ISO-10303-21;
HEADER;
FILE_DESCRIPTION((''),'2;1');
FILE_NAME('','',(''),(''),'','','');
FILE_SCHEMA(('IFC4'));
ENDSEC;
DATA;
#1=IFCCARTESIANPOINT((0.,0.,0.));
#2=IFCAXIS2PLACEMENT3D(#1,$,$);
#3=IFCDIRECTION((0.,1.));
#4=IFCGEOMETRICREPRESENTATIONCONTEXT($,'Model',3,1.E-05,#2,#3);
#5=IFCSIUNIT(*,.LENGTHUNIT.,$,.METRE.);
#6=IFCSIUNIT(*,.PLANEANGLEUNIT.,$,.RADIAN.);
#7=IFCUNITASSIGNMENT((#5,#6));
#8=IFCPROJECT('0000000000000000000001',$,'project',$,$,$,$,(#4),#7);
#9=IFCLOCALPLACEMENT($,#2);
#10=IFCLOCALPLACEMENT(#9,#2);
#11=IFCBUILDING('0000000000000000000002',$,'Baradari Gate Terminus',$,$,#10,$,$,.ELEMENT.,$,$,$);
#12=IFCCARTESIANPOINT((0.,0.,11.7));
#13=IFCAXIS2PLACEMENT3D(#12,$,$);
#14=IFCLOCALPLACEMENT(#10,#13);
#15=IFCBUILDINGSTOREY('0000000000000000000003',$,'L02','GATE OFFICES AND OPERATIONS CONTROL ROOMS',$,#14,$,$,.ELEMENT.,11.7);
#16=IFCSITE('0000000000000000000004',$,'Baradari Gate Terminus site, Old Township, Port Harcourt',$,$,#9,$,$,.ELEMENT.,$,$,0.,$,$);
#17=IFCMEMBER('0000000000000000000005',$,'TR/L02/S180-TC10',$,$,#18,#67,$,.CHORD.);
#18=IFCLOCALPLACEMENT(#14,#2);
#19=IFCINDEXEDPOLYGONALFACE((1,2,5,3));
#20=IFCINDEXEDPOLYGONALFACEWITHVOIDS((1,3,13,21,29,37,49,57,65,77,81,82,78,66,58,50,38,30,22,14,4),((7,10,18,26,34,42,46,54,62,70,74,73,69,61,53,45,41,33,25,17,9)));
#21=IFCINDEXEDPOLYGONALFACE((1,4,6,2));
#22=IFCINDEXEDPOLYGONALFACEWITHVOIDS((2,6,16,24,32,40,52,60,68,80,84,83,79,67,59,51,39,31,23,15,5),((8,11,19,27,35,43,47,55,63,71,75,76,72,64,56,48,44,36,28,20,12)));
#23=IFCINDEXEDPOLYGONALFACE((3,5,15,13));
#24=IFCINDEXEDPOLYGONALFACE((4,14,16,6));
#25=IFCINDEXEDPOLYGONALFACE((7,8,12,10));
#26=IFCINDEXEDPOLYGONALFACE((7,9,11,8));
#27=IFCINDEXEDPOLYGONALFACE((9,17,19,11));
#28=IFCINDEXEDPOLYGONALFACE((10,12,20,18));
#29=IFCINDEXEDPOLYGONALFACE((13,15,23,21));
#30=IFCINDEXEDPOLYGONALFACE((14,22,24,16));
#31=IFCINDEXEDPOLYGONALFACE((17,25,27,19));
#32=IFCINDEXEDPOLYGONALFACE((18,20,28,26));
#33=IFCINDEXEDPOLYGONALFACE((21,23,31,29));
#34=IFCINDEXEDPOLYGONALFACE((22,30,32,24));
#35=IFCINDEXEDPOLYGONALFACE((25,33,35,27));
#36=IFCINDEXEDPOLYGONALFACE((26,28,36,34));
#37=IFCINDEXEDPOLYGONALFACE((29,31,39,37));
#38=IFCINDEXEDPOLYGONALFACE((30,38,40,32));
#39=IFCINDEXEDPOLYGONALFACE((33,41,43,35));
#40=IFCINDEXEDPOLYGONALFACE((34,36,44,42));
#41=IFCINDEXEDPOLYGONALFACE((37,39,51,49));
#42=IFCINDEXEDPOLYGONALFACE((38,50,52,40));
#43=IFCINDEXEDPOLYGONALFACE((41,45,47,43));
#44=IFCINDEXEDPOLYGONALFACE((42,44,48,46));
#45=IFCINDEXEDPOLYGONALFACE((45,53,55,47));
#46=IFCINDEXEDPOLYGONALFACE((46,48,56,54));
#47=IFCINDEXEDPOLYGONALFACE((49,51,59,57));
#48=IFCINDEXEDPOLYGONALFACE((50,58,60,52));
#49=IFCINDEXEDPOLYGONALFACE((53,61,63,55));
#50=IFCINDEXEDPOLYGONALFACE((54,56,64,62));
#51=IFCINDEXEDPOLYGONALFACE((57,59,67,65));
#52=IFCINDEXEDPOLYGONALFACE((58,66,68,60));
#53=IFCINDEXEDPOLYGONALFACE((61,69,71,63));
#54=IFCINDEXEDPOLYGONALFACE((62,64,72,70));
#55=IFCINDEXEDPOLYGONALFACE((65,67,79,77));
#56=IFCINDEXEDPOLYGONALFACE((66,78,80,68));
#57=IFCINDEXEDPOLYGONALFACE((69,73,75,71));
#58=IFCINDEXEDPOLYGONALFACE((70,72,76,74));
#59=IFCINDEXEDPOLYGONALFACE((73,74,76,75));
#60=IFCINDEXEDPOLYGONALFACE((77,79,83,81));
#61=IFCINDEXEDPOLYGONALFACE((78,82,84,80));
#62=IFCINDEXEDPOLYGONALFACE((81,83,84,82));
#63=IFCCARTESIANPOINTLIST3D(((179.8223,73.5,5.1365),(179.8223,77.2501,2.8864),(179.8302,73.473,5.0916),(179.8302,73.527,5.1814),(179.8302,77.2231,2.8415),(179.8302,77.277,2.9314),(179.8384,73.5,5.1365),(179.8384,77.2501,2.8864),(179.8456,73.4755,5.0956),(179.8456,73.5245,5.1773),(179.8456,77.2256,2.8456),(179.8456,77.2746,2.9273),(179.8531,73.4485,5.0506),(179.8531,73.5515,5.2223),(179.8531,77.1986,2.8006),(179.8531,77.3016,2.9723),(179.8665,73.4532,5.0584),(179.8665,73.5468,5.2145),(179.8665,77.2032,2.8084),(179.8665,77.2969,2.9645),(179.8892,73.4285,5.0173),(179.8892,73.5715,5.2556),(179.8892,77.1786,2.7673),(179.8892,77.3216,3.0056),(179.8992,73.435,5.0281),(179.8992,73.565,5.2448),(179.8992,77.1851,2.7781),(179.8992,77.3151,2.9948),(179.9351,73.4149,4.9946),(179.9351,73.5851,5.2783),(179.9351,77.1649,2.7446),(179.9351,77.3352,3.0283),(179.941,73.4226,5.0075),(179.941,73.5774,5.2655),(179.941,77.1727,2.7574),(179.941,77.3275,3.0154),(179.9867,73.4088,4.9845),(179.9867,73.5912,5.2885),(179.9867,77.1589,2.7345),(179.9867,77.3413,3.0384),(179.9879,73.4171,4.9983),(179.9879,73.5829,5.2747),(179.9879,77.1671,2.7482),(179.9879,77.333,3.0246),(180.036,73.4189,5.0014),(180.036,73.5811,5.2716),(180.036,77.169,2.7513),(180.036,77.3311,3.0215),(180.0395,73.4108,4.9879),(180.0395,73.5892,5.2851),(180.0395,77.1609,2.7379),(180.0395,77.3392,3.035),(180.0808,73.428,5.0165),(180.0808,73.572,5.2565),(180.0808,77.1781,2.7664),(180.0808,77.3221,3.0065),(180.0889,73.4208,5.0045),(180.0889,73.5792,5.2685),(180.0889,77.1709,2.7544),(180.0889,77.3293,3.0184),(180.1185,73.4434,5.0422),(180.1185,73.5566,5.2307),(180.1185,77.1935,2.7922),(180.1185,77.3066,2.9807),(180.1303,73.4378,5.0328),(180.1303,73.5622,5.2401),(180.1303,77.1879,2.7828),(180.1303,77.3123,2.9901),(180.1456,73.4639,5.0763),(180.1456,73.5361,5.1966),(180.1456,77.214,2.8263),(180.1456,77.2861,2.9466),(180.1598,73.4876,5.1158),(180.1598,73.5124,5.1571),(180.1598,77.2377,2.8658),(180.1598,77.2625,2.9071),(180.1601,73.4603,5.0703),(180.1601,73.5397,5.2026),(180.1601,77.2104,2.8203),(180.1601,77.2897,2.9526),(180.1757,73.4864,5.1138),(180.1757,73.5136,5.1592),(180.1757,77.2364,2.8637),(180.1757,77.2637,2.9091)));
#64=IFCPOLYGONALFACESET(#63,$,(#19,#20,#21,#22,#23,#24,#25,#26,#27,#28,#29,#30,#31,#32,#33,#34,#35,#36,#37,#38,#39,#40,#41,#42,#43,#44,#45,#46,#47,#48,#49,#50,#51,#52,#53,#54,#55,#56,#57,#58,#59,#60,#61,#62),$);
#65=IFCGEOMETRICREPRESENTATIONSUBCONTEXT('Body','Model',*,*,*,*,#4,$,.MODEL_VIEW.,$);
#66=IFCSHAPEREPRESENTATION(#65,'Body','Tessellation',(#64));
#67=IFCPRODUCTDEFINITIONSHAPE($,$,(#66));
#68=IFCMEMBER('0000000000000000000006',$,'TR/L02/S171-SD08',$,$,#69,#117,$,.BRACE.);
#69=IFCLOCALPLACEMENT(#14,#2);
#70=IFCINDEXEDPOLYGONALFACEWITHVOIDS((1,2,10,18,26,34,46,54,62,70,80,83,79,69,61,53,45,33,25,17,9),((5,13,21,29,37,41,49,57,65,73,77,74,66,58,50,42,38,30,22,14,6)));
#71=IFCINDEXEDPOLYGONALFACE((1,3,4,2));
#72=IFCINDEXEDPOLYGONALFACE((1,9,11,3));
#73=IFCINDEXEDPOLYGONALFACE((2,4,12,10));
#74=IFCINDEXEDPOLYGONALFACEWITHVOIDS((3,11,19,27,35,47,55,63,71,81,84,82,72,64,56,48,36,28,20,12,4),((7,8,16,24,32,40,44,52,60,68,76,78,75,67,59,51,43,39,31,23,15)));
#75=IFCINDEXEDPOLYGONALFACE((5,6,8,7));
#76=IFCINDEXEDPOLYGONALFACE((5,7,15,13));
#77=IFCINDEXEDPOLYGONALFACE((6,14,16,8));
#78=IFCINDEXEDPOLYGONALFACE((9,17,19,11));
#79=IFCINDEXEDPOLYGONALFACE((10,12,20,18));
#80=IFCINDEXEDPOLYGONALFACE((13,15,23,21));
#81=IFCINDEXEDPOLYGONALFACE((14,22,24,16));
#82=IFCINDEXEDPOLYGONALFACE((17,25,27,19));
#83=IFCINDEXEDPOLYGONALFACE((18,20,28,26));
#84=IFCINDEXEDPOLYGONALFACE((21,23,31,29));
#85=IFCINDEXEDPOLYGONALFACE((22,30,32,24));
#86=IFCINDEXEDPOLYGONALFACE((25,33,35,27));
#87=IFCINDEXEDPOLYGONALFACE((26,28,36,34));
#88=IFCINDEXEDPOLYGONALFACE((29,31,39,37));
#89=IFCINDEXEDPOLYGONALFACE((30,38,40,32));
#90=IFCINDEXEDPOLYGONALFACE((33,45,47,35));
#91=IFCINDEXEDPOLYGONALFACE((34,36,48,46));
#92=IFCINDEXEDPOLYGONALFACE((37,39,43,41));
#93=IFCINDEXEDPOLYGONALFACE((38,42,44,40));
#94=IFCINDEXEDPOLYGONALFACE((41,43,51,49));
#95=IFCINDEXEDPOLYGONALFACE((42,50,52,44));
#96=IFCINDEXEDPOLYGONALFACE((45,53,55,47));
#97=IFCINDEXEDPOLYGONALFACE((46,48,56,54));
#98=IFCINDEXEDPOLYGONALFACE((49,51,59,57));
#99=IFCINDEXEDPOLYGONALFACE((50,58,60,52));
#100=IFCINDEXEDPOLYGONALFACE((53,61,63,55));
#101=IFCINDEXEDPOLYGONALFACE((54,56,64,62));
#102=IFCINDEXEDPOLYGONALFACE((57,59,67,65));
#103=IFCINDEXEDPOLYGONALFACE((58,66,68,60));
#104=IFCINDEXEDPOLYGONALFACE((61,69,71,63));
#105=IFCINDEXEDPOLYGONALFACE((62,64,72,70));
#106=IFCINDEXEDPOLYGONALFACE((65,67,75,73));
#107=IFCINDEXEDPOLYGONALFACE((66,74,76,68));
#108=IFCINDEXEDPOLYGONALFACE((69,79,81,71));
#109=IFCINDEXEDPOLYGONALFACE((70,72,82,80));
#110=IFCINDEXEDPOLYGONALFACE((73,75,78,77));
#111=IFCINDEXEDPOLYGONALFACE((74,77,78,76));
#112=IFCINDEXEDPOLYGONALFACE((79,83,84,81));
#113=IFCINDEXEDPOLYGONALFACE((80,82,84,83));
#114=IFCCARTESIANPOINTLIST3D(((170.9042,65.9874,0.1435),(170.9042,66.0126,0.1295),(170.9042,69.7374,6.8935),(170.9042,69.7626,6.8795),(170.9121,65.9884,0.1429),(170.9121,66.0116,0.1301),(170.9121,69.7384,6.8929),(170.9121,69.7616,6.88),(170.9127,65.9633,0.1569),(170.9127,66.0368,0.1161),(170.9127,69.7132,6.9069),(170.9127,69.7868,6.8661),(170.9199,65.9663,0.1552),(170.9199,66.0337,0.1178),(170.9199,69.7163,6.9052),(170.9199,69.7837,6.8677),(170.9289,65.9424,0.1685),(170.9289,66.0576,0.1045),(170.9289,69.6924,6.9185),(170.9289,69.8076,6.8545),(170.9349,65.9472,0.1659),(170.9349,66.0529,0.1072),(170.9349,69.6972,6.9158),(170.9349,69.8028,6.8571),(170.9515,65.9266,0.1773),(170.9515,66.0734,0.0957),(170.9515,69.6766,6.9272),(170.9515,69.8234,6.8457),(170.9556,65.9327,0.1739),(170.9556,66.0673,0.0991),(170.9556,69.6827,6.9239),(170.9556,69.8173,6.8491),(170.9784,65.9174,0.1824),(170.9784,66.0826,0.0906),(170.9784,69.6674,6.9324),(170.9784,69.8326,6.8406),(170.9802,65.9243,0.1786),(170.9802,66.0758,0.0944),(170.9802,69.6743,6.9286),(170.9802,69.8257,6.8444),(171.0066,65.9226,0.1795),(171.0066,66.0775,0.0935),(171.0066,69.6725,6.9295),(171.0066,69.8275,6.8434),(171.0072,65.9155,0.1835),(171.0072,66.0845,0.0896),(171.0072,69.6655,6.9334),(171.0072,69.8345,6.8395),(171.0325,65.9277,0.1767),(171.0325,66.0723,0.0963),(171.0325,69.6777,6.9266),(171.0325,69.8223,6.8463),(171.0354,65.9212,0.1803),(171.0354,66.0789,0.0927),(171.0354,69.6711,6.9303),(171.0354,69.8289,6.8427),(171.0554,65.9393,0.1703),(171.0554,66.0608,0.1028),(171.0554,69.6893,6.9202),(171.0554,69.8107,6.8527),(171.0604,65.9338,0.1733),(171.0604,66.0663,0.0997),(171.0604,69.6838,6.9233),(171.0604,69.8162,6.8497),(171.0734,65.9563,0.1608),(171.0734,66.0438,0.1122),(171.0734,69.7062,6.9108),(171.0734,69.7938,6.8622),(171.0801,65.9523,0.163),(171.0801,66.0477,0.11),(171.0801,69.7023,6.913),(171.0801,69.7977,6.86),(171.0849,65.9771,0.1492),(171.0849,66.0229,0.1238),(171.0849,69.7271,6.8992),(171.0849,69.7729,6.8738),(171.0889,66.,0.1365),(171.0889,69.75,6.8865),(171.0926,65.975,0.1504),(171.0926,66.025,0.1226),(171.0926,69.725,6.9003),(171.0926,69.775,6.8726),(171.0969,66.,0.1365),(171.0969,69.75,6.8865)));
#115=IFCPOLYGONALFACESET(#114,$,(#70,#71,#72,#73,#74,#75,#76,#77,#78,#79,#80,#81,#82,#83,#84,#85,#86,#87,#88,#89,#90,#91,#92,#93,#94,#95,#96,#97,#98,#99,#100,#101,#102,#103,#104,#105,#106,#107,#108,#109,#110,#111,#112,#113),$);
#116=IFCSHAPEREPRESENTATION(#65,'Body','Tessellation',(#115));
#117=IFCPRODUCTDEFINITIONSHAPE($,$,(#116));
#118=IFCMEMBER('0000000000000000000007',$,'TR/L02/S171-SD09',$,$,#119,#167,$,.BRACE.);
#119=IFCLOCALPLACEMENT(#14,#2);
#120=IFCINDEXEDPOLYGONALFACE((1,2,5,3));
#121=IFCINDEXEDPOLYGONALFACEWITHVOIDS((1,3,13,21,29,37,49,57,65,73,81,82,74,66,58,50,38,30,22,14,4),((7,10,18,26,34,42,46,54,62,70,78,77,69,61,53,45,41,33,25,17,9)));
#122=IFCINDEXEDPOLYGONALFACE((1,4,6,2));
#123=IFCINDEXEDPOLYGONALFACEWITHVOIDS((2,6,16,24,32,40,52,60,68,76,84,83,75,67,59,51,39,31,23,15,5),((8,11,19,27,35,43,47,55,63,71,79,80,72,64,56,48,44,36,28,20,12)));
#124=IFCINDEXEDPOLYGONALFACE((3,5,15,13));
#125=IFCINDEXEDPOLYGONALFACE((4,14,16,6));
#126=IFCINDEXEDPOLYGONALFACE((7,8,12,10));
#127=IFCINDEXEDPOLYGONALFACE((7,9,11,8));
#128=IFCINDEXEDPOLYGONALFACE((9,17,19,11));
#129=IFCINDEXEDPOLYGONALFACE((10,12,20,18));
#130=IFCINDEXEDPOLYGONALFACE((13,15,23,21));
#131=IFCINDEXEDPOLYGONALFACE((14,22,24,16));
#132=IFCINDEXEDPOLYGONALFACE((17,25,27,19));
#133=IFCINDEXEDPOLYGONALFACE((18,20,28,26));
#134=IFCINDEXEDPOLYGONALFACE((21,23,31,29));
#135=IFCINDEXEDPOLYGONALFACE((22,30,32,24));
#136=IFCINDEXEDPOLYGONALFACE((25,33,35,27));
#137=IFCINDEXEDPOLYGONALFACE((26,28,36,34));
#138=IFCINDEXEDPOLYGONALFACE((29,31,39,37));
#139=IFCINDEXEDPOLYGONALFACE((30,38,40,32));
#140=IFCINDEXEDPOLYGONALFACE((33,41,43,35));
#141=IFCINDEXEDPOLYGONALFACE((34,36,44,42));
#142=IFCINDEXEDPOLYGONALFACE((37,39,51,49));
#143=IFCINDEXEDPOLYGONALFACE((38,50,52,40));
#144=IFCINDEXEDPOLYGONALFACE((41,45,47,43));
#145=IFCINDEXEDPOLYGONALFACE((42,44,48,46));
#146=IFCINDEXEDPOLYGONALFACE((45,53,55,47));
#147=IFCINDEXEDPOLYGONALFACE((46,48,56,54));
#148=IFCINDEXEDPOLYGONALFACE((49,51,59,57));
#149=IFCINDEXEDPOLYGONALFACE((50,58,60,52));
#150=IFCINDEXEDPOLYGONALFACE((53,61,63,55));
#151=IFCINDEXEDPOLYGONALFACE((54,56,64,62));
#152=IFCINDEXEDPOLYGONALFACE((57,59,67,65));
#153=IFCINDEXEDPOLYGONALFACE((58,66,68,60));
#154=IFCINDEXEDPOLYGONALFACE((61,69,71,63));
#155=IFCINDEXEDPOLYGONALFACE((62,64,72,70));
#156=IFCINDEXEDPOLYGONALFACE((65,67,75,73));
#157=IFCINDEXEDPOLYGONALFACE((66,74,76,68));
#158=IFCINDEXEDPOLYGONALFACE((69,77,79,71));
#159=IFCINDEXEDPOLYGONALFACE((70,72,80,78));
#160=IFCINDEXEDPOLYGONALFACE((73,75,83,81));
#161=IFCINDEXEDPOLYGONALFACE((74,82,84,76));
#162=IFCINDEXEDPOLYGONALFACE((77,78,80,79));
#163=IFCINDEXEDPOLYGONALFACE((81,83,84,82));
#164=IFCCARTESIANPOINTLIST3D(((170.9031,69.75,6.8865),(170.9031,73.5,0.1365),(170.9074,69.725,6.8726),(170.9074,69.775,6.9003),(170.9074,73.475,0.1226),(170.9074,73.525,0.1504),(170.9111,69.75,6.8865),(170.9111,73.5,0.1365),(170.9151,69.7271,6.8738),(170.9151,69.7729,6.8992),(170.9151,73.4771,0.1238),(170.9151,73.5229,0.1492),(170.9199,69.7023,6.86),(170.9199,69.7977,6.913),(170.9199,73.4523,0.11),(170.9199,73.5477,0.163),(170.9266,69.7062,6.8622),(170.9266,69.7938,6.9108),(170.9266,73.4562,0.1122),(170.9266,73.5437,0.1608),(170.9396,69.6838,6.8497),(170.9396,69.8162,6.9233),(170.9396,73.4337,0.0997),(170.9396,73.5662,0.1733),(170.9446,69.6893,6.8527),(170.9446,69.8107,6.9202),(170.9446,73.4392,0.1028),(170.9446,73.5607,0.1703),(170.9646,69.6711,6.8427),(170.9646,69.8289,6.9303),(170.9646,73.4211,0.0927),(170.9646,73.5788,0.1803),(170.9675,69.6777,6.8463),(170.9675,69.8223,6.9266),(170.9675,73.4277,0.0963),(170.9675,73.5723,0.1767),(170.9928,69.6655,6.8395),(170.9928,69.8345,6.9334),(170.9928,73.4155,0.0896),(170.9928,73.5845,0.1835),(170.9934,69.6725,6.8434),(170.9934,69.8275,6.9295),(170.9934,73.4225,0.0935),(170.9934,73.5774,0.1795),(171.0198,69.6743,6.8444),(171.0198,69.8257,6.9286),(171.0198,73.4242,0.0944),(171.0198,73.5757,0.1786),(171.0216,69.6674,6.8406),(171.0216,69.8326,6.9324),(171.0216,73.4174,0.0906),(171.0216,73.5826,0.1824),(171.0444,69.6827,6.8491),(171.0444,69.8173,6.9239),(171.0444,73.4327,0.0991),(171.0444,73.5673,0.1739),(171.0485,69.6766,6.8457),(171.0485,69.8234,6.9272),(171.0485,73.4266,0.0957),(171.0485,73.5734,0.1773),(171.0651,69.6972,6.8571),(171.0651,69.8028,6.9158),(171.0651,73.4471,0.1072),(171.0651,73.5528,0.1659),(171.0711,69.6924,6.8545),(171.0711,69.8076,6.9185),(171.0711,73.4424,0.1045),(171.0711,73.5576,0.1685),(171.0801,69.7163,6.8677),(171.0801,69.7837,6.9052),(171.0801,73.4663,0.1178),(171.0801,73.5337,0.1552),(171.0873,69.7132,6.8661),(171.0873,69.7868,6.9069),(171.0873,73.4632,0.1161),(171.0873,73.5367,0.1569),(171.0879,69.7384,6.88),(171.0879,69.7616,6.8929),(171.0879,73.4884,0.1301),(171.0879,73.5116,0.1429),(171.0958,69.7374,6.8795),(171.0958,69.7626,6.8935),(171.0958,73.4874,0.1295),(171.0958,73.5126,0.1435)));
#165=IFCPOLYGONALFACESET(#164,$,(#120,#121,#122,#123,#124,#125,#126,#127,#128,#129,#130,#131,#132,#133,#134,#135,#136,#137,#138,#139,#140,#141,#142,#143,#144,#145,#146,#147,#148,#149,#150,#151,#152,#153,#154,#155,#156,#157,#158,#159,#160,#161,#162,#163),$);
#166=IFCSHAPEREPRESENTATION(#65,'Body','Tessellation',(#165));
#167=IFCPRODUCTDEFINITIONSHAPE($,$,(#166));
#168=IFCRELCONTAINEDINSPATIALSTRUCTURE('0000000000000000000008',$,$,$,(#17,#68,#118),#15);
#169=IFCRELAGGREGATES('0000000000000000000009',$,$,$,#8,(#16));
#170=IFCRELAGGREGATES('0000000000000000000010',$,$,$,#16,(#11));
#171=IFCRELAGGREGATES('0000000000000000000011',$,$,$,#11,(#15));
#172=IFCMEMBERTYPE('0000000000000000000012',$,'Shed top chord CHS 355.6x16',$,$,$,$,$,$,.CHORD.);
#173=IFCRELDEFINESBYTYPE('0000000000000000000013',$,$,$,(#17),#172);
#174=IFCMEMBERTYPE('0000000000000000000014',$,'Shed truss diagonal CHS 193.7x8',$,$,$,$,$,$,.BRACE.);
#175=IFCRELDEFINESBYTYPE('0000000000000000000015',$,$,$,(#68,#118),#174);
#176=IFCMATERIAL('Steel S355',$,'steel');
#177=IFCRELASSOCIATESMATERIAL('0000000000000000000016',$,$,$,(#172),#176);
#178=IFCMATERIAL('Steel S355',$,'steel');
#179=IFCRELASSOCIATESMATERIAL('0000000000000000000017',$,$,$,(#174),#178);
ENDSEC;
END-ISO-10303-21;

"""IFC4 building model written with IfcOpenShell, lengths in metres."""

from ifc_helpers import new_model, si_unit, direction, frame, origin, origin_2d, place, context, subcontext, project, spatial, hollow_circle, extrude, material, material_profile, profile_set, type_object, element, save


model = new_model("IFC4")

# Units and contexts
model_context = context("Model", 3, precision=1e-05, world=origin(), true_north=direction((0.0, 1.0)))
body_context = subcontext(model_context, "Body", "Model", "MODEL_VIEW")
ifc_project = project(units=[si_unit("LENGTHUNIT", "METRE"), si_unit("PLANEANGLEUNIT", "RADIAN")], contexts=[model_context])

# Site, building, storey
site_placement = place(None, origin())
site = spatial("IfcSite", under=ifc_project, at=site_placement, Name="Baradari Gate Terminus site, Old Township, Port Harcourt", CompositionType="ELEMENT", RefElevation=0.0)
building_placement = place(site_placement, origin())
building = spatial("IfcBuilding", under=site, at=building_placement, Name="Baradari Gate Terminus", CompositionType="ELEMENT")
storey_placement = place(building_placement, frame((0.0, 0.0, 11.7)))
storey = spatial("IfcBuildingStorey", under=building, at=storey_placement, Name="L02", Description="GATE OFFICES AND OPERATIONS CONTROL ROOMS", CompositionType="ELEMENT", Elevation=11.7)

# Members
ifc_material_1 = material(Name="Steel S355", Category="steel")
ifc_material_profile_1 = material_profile(ifc_material_1, hollow_circle(Radius=0.1777, WallThickness=0.0161, at=origin_2d()), Name="CHS 355.6x16")
ifc_profile_set_1 = profile_set([ifc_material_profile_1], Name="Steel S355")
member_type_1 = type_object("IfcMemberType", Name="Shed top chord CHS 355.6x16", PredefinedType="CHORD", material=ifc_profile_set_1)
for number, where, z_axis, x_axis, name in (
    (1, (180.0, 73.5, 5.1365), (0.0, 0.857493, -0.514496), (-1.0, 0.0, 0.0), "TR/L02/S180-TC10"),
):
    element("IfcMember", number, at=place(storey_placement, frame(where, z_axis=z_axis, x_axis=x_axis)), inside=storey, type_object=member_type_1, Name=name, PredefinedType="CHORD", context=body_context, shape_type="SweptSolid", body=[
        extrude(hollow_circle(Radius=0.1777, WallThickness=0.0161, at=origin_2d()), origin(), (0.0, 0.0, 1.0), 4.3733),
    ])
ifc_material_2 = material(Name="Steel S355", Category="steel")
ifc_material_profile_2 = material_profile(ifc_material_2, hollow_circle(Radius=0.0969, WallThickness=0.0081, at=origin_2d()), Name="CHS 193.7x8")
ifc_profile_set_2 = profile_set([ifc_material_profile_2], Name="Steel S355")
member_type_2 = type_object("IfcMemberType", Name="Shed truss diagonal CHS 193.7x8", PredefinedType="BRACE", material=ifc_profile_set_2)
for number, where, z_axis, x_axis, name in (
    (2, (171.0, 69.75, 6.8865), (0.0, -0.485643, -0.874157), (1.0, 0.0, 0.0), "TR/L02/S171-SD08"),
    (3, (171.0, 69.75, 6.8865), (0.0, 0.485643, -0.874157), (-1.0, 0.0, 0.0), "TR/L02/S171-SD09"),
):
    element("IfcMember", number, at=place(storey_placement, frame(where, z_axis=z_axis, x_axis=x_axis)), inside=storey, type_object=member_type_2, Name=name, PredefinedType="BRACE", context=body_context, shape_type="SweptSolid", body=[
        extrude(hollow_circle(Radius=0.0969, WallThickness=0.0081, at=origin_2d()), origin(), (0.0, 0.0, 1.0), 7.7217),
    ])

save(model, "model.ifc")
